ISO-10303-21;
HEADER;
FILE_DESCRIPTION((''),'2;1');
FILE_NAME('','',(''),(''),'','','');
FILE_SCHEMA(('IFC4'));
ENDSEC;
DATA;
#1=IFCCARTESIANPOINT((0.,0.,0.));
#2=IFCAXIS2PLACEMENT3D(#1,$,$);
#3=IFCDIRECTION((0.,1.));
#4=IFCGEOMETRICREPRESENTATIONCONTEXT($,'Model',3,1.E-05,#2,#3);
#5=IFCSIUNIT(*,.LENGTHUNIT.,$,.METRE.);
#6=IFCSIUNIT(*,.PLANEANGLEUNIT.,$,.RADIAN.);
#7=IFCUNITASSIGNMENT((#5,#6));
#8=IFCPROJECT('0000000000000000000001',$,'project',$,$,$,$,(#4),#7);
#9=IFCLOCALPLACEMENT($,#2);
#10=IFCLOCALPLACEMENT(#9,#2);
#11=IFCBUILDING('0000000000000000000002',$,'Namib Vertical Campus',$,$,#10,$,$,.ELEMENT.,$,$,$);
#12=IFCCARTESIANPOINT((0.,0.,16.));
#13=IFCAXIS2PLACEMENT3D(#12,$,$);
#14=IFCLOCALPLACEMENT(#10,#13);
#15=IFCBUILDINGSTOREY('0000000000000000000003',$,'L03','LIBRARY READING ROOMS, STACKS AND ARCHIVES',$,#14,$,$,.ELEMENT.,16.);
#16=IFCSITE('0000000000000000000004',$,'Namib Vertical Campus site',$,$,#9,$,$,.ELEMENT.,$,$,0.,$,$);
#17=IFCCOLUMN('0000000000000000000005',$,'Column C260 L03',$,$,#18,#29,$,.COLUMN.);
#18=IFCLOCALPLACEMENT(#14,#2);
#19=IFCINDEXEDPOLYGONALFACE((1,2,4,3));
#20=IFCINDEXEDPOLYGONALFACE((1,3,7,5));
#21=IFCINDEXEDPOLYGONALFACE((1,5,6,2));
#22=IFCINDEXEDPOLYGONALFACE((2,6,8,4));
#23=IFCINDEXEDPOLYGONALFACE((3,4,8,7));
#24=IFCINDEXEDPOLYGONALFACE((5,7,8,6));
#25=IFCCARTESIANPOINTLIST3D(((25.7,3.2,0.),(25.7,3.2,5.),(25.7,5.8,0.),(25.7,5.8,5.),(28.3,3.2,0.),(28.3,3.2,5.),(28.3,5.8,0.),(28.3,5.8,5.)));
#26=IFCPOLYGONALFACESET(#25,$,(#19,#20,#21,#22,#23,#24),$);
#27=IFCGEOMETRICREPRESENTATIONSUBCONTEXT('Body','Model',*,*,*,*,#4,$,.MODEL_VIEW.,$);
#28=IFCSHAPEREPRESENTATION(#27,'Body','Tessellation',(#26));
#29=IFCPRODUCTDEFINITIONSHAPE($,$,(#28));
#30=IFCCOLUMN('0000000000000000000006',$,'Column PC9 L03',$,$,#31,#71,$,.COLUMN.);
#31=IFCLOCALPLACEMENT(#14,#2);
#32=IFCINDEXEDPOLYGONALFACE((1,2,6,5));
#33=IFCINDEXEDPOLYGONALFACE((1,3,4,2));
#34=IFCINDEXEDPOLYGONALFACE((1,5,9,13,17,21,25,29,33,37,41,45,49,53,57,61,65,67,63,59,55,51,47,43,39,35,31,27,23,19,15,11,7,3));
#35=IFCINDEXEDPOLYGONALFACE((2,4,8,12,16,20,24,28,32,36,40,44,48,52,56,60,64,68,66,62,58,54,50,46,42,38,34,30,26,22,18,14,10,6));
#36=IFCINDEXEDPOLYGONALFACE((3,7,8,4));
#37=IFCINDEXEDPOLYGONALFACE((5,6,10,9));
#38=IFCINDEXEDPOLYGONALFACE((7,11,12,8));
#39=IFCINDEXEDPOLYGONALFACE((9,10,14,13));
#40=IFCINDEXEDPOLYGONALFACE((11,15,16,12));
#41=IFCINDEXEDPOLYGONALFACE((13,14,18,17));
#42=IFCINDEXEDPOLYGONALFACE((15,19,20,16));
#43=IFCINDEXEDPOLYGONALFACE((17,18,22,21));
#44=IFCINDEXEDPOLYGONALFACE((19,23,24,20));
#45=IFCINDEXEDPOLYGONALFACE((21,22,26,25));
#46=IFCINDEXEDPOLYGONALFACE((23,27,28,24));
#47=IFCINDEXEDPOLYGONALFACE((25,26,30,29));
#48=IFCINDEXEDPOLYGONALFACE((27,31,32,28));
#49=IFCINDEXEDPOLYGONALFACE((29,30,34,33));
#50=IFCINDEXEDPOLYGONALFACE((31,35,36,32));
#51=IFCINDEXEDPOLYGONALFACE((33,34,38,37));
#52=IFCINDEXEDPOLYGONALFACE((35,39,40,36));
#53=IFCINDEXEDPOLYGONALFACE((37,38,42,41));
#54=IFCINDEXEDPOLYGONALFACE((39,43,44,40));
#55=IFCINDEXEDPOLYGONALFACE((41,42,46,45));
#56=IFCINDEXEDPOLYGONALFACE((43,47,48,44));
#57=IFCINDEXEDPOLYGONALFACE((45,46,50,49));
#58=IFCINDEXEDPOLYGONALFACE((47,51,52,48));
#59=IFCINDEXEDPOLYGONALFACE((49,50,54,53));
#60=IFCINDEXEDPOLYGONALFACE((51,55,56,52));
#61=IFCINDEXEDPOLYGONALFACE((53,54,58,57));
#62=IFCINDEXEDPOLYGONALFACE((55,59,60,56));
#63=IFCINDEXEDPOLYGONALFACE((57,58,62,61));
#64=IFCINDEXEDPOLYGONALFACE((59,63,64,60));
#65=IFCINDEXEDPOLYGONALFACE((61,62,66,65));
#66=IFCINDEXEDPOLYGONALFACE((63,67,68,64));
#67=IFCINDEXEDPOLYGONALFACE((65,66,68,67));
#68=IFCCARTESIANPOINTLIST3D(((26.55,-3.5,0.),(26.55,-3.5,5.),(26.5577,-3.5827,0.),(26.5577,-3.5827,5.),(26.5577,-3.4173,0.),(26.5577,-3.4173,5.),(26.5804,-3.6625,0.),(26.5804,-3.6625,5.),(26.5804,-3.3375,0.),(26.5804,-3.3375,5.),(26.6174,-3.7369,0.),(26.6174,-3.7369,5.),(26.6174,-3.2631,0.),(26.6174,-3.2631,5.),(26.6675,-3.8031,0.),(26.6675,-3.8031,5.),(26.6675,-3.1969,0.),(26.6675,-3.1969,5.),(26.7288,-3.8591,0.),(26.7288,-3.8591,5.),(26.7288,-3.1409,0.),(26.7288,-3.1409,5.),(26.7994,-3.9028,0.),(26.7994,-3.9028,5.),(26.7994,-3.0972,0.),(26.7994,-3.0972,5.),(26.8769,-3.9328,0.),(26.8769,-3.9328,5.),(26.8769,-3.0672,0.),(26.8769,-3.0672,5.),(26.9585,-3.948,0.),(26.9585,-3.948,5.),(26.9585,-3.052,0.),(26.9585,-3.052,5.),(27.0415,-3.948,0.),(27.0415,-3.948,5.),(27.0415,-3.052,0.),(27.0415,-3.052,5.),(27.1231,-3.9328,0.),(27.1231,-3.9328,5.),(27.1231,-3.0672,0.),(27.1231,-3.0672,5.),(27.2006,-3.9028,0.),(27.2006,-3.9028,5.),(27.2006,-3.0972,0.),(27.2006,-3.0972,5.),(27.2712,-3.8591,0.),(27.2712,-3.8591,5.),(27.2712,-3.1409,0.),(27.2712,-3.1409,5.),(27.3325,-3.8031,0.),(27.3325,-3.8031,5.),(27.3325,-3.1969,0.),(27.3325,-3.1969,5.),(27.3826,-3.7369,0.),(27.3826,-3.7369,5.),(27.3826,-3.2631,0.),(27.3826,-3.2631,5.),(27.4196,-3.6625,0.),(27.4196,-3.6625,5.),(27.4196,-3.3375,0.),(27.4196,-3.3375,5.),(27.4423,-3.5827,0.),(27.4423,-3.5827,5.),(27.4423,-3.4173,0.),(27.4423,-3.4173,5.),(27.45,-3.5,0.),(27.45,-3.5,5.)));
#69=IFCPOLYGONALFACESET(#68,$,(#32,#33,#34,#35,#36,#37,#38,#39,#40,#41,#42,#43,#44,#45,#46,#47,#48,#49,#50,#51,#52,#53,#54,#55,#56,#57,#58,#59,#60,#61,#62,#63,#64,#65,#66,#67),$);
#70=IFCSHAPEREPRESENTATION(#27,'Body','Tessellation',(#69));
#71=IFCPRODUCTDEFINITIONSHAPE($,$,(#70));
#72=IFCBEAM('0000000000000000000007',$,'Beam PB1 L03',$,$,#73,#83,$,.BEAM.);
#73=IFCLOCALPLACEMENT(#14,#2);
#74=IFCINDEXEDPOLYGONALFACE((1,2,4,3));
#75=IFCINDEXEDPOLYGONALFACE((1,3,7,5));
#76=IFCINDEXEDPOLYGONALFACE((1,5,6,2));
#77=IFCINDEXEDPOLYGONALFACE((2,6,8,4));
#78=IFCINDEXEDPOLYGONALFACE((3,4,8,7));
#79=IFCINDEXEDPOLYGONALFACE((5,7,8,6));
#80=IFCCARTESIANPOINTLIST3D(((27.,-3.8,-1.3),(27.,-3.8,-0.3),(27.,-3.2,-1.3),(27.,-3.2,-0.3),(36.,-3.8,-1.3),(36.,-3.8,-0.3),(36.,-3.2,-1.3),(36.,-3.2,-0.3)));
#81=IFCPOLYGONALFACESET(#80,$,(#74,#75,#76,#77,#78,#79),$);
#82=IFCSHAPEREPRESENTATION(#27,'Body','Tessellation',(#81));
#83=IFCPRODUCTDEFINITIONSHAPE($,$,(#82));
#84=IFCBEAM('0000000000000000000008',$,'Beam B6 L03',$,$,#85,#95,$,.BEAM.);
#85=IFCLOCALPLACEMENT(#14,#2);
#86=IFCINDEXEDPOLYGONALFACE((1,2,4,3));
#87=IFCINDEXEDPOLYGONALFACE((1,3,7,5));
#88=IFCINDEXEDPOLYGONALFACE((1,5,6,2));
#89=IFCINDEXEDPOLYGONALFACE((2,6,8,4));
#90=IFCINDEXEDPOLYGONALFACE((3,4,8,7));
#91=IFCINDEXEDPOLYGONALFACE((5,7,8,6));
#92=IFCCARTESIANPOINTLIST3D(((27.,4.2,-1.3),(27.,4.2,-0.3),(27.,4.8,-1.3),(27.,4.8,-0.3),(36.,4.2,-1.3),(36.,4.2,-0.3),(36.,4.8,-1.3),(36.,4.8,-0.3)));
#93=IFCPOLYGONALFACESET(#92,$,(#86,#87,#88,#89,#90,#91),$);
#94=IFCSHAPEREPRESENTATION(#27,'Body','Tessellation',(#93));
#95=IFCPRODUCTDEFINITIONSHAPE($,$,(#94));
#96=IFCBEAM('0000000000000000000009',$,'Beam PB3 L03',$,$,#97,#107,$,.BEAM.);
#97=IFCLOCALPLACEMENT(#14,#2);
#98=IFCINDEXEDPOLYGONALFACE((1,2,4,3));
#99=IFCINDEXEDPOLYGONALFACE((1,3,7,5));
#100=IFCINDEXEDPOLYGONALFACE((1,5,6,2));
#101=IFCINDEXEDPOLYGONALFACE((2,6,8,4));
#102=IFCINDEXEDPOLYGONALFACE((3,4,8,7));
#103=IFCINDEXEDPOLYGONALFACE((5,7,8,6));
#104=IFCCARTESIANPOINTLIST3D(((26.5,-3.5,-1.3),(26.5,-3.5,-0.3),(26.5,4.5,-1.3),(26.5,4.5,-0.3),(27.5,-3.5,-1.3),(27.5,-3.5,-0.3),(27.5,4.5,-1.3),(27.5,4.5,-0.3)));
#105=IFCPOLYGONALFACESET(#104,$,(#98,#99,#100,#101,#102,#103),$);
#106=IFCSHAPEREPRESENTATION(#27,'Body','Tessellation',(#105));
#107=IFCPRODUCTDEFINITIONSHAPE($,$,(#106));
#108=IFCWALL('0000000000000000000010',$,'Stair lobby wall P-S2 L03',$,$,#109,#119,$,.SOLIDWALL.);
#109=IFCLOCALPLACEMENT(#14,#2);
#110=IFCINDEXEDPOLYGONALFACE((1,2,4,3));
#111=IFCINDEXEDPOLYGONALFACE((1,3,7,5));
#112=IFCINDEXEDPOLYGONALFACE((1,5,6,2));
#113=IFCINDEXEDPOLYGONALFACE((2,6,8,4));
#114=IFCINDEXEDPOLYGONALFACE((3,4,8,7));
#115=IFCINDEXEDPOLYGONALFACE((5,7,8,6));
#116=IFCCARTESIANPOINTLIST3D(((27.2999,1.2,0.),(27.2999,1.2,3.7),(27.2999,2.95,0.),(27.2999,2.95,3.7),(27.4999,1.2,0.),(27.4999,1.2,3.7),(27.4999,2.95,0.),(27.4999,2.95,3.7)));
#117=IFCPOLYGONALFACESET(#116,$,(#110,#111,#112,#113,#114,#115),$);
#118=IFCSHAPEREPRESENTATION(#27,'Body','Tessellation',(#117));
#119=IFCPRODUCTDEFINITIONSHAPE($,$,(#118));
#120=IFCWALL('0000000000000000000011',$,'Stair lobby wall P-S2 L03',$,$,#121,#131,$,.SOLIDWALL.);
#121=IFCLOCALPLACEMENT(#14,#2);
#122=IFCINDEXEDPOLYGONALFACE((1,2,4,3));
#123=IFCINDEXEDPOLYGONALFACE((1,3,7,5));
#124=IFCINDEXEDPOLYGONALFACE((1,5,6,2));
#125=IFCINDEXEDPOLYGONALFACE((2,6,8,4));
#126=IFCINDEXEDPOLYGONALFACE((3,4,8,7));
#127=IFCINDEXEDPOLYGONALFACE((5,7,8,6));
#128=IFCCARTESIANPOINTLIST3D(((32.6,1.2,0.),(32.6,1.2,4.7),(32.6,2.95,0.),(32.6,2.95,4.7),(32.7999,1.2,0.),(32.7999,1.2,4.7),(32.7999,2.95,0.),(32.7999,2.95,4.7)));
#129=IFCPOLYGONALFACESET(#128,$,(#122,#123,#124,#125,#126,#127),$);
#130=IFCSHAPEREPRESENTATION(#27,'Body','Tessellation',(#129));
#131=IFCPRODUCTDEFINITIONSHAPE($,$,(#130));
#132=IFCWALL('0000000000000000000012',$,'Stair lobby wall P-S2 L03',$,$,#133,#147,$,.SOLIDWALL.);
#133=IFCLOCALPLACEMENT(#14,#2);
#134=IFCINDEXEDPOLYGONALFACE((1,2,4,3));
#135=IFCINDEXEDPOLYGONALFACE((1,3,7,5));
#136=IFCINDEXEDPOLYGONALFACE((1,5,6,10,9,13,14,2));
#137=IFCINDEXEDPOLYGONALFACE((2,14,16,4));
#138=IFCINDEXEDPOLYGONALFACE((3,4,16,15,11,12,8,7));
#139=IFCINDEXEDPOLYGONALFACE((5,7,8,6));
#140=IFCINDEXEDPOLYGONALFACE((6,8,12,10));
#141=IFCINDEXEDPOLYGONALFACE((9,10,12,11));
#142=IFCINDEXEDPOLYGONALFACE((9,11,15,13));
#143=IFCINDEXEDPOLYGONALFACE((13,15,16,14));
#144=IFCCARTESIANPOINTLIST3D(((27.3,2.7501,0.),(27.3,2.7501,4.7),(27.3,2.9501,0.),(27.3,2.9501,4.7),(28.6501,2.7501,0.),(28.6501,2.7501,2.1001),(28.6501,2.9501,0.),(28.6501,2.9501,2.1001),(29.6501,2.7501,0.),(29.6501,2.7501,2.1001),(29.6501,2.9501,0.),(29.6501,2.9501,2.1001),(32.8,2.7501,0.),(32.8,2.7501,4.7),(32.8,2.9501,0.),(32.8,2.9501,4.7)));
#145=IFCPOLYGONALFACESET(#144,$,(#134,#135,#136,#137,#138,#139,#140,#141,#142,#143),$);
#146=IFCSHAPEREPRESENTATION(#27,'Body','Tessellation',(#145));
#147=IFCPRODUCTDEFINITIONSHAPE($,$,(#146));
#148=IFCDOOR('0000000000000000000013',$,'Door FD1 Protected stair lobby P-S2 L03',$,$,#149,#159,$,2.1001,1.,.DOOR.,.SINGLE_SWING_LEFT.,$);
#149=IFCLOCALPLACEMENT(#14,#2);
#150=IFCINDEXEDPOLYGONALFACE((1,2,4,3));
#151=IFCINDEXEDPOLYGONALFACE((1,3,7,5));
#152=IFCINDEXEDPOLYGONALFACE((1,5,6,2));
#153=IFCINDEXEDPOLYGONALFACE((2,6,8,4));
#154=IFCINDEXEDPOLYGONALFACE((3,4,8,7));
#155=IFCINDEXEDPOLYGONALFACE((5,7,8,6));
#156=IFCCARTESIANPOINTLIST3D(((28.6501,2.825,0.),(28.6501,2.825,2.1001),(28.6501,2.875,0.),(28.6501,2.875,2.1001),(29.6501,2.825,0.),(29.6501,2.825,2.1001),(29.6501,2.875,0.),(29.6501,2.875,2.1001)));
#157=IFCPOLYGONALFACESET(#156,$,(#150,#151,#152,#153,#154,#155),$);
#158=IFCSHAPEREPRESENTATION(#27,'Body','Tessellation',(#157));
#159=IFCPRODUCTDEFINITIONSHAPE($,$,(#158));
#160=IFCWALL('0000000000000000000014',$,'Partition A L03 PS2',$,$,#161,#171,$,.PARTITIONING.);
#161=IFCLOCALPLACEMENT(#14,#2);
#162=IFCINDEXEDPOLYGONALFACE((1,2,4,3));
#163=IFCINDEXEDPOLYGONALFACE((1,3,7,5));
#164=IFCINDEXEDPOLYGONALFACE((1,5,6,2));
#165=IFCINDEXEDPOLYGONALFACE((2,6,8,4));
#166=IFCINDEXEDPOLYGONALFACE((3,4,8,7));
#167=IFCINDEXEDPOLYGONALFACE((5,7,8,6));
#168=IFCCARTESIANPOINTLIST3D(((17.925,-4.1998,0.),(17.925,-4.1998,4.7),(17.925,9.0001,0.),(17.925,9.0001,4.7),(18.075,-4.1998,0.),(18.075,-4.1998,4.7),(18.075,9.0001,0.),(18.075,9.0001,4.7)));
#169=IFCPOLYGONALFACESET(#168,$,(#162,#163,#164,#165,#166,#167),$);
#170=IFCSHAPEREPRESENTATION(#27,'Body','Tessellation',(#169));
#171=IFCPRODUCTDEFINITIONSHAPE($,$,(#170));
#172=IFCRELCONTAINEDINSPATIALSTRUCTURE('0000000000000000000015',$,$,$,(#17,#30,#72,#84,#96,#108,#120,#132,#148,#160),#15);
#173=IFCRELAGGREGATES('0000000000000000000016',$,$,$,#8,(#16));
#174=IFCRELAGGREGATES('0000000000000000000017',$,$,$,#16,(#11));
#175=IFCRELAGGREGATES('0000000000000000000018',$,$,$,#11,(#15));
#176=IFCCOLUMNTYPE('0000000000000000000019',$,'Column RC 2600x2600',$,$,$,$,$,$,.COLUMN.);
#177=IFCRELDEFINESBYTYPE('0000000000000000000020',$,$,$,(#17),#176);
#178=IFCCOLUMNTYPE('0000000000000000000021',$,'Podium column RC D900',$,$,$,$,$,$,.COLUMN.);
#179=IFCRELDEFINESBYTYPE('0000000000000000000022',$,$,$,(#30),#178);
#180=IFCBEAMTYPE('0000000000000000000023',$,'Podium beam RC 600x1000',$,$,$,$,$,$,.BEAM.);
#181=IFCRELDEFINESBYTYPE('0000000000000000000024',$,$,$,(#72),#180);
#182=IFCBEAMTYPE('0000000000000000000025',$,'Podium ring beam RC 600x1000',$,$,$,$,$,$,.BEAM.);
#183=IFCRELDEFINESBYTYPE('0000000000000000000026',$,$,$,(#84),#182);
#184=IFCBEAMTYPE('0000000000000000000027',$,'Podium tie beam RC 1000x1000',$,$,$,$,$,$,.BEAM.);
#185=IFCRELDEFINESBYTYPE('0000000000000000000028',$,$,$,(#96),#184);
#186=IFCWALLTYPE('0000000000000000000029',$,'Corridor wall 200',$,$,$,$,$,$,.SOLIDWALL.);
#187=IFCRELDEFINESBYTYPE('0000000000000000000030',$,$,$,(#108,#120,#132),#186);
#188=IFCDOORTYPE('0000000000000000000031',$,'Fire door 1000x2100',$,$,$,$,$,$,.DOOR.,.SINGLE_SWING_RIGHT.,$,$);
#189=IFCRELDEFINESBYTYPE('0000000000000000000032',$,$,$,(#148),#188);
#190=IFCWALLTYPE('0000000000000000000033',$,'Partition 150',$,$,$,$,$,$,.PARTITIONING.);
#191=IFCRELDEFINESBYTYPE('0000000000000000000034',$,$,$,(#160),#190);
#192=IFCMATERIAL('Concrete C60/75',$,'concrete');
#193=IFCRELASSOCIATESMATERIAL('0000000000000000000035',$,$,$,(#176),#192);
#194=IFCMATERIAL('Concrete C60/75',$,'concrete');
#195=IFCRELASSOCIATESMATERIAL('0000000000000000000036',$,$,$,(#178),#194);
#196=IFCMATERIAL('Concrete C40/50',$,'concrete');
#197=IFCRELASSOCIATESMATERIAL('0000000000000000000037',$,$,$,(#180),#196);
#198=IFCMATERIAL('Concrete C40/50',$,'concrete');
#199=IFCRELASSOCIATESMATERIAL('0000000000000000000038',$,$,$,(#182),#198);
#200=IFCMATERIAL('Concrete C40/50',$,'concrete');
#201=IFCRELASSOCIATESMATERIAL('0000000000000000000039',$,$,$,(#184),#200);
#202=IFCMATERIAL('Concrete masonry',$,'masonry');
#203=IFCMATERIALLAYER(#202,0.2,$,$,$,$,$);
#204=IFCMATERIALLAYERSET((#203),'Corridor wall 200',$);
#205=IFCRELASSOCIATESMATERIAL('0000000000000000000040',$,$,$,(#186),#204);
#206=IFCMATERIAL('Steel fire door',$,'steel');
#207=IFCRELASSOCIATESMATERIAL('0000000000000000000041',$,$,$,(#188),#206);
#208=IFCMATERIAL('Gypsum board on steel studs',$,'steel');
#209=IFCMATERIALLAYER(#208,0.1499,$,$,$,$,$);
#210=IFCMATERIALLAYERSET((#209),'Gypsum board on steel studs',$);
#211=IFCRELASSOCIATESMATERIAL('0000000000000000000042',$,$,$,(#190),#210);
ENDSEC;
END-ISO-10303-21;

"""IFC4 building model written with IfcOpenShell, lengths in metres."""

from ifc_helpers import new_model, si_unit, direction, frame, frame_2d, origin, origin_2d, place, context, subcontext, project, spatial, rectangle, circle, extrude, material, layer, layer_set, material_profile, profile_set, type_object, element, fill, save


model = new_model("IFC4")

# Units and contexts
model_context = context("Model", 3, precision=1e-05, world=origin(), true_north=direction((0.0, 1.0)))
body_context = subcontext(model_context, "Body", "Model", "MODEL_VIEW")
ifc_project = project(units=[si_unit("LENGTHUNIT", "METRE"), si_unit("PLANEANGLEUNIT", "RADIAN")], contexts=[model_context])

# Site, building, storey
site_placement = place(None, origin())
site = spatial("IfcSite", under=ifc_project, at=site_placement, Name="Namib Vertical Campus site", CompositionType="ELEMENT", RefElevation=0.0)
building_placement = place(site_placement, origin())
building = spatial("IfcBuilding", under=site, at=building_placement, Name="Namib Vertical Campus", CompositionType="ELEMENT")
storey_placement = place(building_placement, frame((0.0, 0.0, 16.0)))
storey = spatial("IfcBuildingStorey", under=building, at=storey_placement, Name="L03", Description="LIBRARY READING ROOMS, STACKS AND ARCHIVES", CompositionType="ELEMENT", Elevation=16.0)

# Columns
ifc_material_1 = material(Name="Concrete C60/75", Category="concrete")
ifc_material_profile_1 = material_profile(ifc_material_1, rectangle(XDim=2.6001, YDim=2.6001, at=origin_2d()))
ifc_profile_set_1 = profile_set([ifc_material_profile_1], Name="Concrete C60/75")
column_type_1 = type_object("IfcColumnType", Name="Column RC 2600x2600", PredefinedType="COLUMN", material=ifc_profile_set_1)
column_1_placement = place(storey_placement, frame((27.0, 4.5, 0.0), z_axis=(0.0, 0.0, 1.0), x_axis=(1.0, 0.0, 0.0)))
element("IfcColumn", 1, at=column_1_placement, inside=storey, type_object=column_type_1, Name="Column C260 L03", PredefinedType="COLUMN", context=body_context, shape_type="SweptSolid", body=[
    extrude(rectangle(XDim=2.6001, YDim=2.6001, at=origin_2d()), origin(), (0.0, 0.0, 1.0), 5.0),
])
ifc_material_2 = material(Name="Concrete C60/75", Category="concrete")
ifc_material_profile_2 = material_profile(ifc_material_2, circle(Radius=0.45, at=origin_2d()))
ifc_profile_set_2 = profile_set([ifc_material_profile_2], Name="Concrete C60/75")
column_type_2 = type_object("IfcColumnType", Name="Podium column RC D900", PredefinedType="COLUMN", material=ifc_profile_set_2)
column_2_placement = place(storey_placement, frame((27.0, -3.5, 0.0), z_axis=(0.0, 0.0, 1.0), x_axis=(1.0, 0.0, 0.0)))
element("IfcColumn", 2, at=column_2_placement, inside=storey, type_object=column_type_2, Name="Column PC9 L03", PredefinedType="COLUMN", context=body_context, shape_type="SweptSolid", body=[
    extrude(circle(Radius=0.45, at=origin_2d()), origin(), (0.0, 0.0, 1.0), 5.0),
])

# Beams
ifc_material_3 = material(Name="Concrete C40/50", Category="concrete")
ifc_material_profile_3 = material_profile(ifc_material_3, rectangle(XDim=0.6001, YDim=1.0, at=origin_2d()))
ifc_profile_set_3 = profile_set([ifc_material_profile_3], Name="Concrete C40/50")
beam_type_1 = type_object("IfcBeamType", Name="Podium beam RC 600x1000", PredefinedType="BEAM", material=ifc_profile_set_3)
beam_1_placement = place(storey_placement, frame((27.0, -3.5, -0.8), z_axis=(1.0, 0.0, 0.0), x_axis=(0.0, 1.0, 0.0)))
element("IfcBeam", 3, at=beam_1_placement, inside=storey, type_object=beam_type_1, Name="Beam PB1 L03", PredefinedType="BEAM", context=body_context, shape_type="SweptSolid", body=[
    extrude(rectangle(XDim=0.6001, YDim=1.0, at=origin_2d()), origin(), (0.0, 0.0, 1.0), 9.0),
])
ifc_material_4 = material(Name="Concrete C40/50", Category="concrete")
ifc_material_profile_4 = material_profile(ifc_material_4, rectangle(XDim=0.6001, YDim=1.0, at=origin_2d()))
ifc_profile_set_4 = profile_set([ifc_material_profile_4], Name="Concrete C40/50")
beam_type_2 = type_object("IfcBeamType", Name="Podium ring beam RC 600x1000", PredefinedType="BEAM", material=ifc_profile_set_4)
beam_2_placement = place(storey_placement, frame((27.0, 4.5, -0.8), z_axis=(1.0, 0.0, 0.0), x_axis=(0.0, 1.0, 0.0)))
element("IfcBeam", 4, at=beam_2_placement, inside=storey, type_object=beam_type_2, Name="Beam B6 L03", PredefinedType="BEAM", context=body_context, shape_type="SweptSolid", body=[
    extrude(rectangle(XDim=0.6001, YDim=1.0, at=origin_2d()), origin(), (0.0, 0.0, 1.0), 9.0),
])
ifc_material_5 = material(Name="Concrete C40/50", Category="concrete")
ifc_material_profile_5 = material_profile(ifc_material_5, rectangle(XDim=1.0, YDim=1.0, at=origin_2d()))
ifc_profile_set_5 = profile_set([ifc_material_profile_5], Name="Concrete C40/50")
beam_type_3 = type_object("IfcBeamType", Name="Podium tie beam RC 1000x1000", PredefinedType="BEAM", material=ifc_profile_set_5)
beam_3_placement = place(storey_placement, frame((27.0, -3.5, -0.8), z_axis=(0.0, 1.0, 0.0), x_axis=(-1.0, 0.0, 0.0)))
element("IfcBeam", 5, at=beam_3_placement, inside=storey, type_object=beam_type_3, Name="Beam PB3 L03", PredefinedType="BEAM", context=body_context, shape_type="SweptSolid", body=[
    extrude(rectangle(XDim=1.0, YDim=1.0, at=origin_2d()), origin(), (0.0, 0.0, 1.0), 8.0),
])

# Walls
ifc_material_6 = material(Name="Concrete masonry", Category="masonry")
ifc_layer_1 = layer(ifc_material_6, 0.2)
ifc_layer_set_1 = layer_set([ifc_layer_1], Name="Corridor wall 200")
wall_type_1 = type_object("IfcWallType", Name="Corridor wall 200", PredefinedType="SOLIDWALL", material=ifc_layer_set_1)
wall_1_placement = place(storey_placement, frame((27.3999, 1.2, 0.0), z_axis=(0.0, 0.0, 1.0), x_axis=(0.0, 1.0, 0.0)))
element("IfcWall", 6, at=wall_1_placement, inside=storey, type_object=wall_type_1, Name="Stair lobby wall P-S2 L03", PredefinedType="SOLIDWALL", context=body_context, shape_type="SweptSolid", body=[
    extrude(rectangle(XDim=1.75, YDim=0.2, at=frame_2d((0.875, 0.0))), origin(), (0.0, 0.0, 1.0), 3.7),
])
wall_2_placement = place(storey_placement, frame((32.7, 1.2, 0.0), z_axis=(0.0, 0.0, 1.0), x_axis=(0.0, 1.0, 0.0)))
element("IfcWall", 7, at=wall_2_placement, inside=storey, type_object=wall_type_1, Name="Stair lobby wall P-S2 L03", PredefinedType="SOLIDWALL", context=body_context, shape_type="SweptSolid", body=[
    extrude(rectangle(XDim=1.75, YDim=0.2, at=frame_2d((0.875, 0.0))), origin(), (0.0, 0.0, 1.0), 4.7),
])

# Wall, opening, door
wall_3_placement = place(storey_placement, frame((27.3, 2.8501, 0.0), z_axis=(0.0, 0.0, 1.0), x_axis=(1.0, 0.0, 0.0)))
wall_3 = element("IfcWall", 8, at=wall_3_placement, inside=storey, type_object=wall_type_1, Name="Stair lobby wall P-S2 L03", PredefinedType="SOLIDWALL", context=body_context, shape_type="SweptSolid", body=[
    extrude(rectangle(XDim=5.5, YDim=0.2, at=frame_2d((2.75, 0.0))), origin(), (0.0, 0.0, 1.0), 4.7),
])
opening_1_placement = place(wall_3_placement, frame((1.3501, 0.0, 0.0)))
opening_1 = element("IfcOpeningElement", 9, at=opening_1_placement, cuts=wall_3, PredefinedType="OPENING", context=body_context, shape_type="SweptSolid", body=[
    extrude(rectangle(XDim=1.0, YDim=2.1001, at=frame_2d((0.5, 1.05))), frame((0.0, 0.1099, 0.0), z_axis=(0.0, -1.0, 0.0), x_axis=(1.0, 0.0, 0.0)), (0.0, 0.0, 1.0), 0.22),
])
ifc_material_7 = material(Name="Steel fire door", Category="steel")
door_type_1 = type_object("IfcDoorType", Name="Fire door 1000x2100", OperationType="SINGLE_SWING_RIGHT", PredefinedType="DOOR", material=ifc_material_7)
door_1_placement = place(opening_1_placement, origin())
door_1 = element("IfcDoor", 10, at=door_1_placement, inside=storey, type_object=door_type_1, Name="Door FD1 Protected stair lobby P-S2 L03", OperationType="SINGLE_SWING_LEFT", OverallHeight=2.1001, OverallWidth=1.0, PredefinedType="DOOR", context=body_context, shape_type="SweptSolid", body=[
    extrude(rectangle(XDim=1.0, YDim=2.1001, at=frame_2d((0.5, 1.05))), frame((0.0, 0.0249, 0.0), z_axis=(0.0, -1.0, 0.0), x_axis=(1.0, 0.0, 0.0)), (0.0, 0.0, 1.0), 0.05),
])
fill(opening_1, door_1)

# Wall
ifc_material_8 = material(Name="Gypsum board on steel studs", Category="steel")
ifc_layer_2 = layer(ifc_material_8, 0.1499)
ifc_layer_set_2 = layer_set([ifc_layer_2], Name="Gypsum board on steel studs")
wall_type_2 = type_object("IfcWallType", Name="Partition 150", PredefinedType="PARTITIONING", material=ifc_layer_set_2)
wall_4_placement = place(storey_placement, frame((18.0, -4.2, 0.0), z_axis=(0.0, 0.0, 1.0), x_axis=(0.0, 1.0, 0.0)))
element("IfcWall", 11, at=wall_4_placement, inside=storey, type_object=wall_type_2, Name="Partition A L03 PS2", PredefinedType="PARTITIONING", context=body_context, shape_type="SweptSolid", body=[
    extrude(rectangle(XDim=13.2, YDim=0.1499, at=frame_2d((6.6001, 0.0))), origin(), (0.0, 0.0, 1.0), 4.7),
])

save(model, "model.ifc")
